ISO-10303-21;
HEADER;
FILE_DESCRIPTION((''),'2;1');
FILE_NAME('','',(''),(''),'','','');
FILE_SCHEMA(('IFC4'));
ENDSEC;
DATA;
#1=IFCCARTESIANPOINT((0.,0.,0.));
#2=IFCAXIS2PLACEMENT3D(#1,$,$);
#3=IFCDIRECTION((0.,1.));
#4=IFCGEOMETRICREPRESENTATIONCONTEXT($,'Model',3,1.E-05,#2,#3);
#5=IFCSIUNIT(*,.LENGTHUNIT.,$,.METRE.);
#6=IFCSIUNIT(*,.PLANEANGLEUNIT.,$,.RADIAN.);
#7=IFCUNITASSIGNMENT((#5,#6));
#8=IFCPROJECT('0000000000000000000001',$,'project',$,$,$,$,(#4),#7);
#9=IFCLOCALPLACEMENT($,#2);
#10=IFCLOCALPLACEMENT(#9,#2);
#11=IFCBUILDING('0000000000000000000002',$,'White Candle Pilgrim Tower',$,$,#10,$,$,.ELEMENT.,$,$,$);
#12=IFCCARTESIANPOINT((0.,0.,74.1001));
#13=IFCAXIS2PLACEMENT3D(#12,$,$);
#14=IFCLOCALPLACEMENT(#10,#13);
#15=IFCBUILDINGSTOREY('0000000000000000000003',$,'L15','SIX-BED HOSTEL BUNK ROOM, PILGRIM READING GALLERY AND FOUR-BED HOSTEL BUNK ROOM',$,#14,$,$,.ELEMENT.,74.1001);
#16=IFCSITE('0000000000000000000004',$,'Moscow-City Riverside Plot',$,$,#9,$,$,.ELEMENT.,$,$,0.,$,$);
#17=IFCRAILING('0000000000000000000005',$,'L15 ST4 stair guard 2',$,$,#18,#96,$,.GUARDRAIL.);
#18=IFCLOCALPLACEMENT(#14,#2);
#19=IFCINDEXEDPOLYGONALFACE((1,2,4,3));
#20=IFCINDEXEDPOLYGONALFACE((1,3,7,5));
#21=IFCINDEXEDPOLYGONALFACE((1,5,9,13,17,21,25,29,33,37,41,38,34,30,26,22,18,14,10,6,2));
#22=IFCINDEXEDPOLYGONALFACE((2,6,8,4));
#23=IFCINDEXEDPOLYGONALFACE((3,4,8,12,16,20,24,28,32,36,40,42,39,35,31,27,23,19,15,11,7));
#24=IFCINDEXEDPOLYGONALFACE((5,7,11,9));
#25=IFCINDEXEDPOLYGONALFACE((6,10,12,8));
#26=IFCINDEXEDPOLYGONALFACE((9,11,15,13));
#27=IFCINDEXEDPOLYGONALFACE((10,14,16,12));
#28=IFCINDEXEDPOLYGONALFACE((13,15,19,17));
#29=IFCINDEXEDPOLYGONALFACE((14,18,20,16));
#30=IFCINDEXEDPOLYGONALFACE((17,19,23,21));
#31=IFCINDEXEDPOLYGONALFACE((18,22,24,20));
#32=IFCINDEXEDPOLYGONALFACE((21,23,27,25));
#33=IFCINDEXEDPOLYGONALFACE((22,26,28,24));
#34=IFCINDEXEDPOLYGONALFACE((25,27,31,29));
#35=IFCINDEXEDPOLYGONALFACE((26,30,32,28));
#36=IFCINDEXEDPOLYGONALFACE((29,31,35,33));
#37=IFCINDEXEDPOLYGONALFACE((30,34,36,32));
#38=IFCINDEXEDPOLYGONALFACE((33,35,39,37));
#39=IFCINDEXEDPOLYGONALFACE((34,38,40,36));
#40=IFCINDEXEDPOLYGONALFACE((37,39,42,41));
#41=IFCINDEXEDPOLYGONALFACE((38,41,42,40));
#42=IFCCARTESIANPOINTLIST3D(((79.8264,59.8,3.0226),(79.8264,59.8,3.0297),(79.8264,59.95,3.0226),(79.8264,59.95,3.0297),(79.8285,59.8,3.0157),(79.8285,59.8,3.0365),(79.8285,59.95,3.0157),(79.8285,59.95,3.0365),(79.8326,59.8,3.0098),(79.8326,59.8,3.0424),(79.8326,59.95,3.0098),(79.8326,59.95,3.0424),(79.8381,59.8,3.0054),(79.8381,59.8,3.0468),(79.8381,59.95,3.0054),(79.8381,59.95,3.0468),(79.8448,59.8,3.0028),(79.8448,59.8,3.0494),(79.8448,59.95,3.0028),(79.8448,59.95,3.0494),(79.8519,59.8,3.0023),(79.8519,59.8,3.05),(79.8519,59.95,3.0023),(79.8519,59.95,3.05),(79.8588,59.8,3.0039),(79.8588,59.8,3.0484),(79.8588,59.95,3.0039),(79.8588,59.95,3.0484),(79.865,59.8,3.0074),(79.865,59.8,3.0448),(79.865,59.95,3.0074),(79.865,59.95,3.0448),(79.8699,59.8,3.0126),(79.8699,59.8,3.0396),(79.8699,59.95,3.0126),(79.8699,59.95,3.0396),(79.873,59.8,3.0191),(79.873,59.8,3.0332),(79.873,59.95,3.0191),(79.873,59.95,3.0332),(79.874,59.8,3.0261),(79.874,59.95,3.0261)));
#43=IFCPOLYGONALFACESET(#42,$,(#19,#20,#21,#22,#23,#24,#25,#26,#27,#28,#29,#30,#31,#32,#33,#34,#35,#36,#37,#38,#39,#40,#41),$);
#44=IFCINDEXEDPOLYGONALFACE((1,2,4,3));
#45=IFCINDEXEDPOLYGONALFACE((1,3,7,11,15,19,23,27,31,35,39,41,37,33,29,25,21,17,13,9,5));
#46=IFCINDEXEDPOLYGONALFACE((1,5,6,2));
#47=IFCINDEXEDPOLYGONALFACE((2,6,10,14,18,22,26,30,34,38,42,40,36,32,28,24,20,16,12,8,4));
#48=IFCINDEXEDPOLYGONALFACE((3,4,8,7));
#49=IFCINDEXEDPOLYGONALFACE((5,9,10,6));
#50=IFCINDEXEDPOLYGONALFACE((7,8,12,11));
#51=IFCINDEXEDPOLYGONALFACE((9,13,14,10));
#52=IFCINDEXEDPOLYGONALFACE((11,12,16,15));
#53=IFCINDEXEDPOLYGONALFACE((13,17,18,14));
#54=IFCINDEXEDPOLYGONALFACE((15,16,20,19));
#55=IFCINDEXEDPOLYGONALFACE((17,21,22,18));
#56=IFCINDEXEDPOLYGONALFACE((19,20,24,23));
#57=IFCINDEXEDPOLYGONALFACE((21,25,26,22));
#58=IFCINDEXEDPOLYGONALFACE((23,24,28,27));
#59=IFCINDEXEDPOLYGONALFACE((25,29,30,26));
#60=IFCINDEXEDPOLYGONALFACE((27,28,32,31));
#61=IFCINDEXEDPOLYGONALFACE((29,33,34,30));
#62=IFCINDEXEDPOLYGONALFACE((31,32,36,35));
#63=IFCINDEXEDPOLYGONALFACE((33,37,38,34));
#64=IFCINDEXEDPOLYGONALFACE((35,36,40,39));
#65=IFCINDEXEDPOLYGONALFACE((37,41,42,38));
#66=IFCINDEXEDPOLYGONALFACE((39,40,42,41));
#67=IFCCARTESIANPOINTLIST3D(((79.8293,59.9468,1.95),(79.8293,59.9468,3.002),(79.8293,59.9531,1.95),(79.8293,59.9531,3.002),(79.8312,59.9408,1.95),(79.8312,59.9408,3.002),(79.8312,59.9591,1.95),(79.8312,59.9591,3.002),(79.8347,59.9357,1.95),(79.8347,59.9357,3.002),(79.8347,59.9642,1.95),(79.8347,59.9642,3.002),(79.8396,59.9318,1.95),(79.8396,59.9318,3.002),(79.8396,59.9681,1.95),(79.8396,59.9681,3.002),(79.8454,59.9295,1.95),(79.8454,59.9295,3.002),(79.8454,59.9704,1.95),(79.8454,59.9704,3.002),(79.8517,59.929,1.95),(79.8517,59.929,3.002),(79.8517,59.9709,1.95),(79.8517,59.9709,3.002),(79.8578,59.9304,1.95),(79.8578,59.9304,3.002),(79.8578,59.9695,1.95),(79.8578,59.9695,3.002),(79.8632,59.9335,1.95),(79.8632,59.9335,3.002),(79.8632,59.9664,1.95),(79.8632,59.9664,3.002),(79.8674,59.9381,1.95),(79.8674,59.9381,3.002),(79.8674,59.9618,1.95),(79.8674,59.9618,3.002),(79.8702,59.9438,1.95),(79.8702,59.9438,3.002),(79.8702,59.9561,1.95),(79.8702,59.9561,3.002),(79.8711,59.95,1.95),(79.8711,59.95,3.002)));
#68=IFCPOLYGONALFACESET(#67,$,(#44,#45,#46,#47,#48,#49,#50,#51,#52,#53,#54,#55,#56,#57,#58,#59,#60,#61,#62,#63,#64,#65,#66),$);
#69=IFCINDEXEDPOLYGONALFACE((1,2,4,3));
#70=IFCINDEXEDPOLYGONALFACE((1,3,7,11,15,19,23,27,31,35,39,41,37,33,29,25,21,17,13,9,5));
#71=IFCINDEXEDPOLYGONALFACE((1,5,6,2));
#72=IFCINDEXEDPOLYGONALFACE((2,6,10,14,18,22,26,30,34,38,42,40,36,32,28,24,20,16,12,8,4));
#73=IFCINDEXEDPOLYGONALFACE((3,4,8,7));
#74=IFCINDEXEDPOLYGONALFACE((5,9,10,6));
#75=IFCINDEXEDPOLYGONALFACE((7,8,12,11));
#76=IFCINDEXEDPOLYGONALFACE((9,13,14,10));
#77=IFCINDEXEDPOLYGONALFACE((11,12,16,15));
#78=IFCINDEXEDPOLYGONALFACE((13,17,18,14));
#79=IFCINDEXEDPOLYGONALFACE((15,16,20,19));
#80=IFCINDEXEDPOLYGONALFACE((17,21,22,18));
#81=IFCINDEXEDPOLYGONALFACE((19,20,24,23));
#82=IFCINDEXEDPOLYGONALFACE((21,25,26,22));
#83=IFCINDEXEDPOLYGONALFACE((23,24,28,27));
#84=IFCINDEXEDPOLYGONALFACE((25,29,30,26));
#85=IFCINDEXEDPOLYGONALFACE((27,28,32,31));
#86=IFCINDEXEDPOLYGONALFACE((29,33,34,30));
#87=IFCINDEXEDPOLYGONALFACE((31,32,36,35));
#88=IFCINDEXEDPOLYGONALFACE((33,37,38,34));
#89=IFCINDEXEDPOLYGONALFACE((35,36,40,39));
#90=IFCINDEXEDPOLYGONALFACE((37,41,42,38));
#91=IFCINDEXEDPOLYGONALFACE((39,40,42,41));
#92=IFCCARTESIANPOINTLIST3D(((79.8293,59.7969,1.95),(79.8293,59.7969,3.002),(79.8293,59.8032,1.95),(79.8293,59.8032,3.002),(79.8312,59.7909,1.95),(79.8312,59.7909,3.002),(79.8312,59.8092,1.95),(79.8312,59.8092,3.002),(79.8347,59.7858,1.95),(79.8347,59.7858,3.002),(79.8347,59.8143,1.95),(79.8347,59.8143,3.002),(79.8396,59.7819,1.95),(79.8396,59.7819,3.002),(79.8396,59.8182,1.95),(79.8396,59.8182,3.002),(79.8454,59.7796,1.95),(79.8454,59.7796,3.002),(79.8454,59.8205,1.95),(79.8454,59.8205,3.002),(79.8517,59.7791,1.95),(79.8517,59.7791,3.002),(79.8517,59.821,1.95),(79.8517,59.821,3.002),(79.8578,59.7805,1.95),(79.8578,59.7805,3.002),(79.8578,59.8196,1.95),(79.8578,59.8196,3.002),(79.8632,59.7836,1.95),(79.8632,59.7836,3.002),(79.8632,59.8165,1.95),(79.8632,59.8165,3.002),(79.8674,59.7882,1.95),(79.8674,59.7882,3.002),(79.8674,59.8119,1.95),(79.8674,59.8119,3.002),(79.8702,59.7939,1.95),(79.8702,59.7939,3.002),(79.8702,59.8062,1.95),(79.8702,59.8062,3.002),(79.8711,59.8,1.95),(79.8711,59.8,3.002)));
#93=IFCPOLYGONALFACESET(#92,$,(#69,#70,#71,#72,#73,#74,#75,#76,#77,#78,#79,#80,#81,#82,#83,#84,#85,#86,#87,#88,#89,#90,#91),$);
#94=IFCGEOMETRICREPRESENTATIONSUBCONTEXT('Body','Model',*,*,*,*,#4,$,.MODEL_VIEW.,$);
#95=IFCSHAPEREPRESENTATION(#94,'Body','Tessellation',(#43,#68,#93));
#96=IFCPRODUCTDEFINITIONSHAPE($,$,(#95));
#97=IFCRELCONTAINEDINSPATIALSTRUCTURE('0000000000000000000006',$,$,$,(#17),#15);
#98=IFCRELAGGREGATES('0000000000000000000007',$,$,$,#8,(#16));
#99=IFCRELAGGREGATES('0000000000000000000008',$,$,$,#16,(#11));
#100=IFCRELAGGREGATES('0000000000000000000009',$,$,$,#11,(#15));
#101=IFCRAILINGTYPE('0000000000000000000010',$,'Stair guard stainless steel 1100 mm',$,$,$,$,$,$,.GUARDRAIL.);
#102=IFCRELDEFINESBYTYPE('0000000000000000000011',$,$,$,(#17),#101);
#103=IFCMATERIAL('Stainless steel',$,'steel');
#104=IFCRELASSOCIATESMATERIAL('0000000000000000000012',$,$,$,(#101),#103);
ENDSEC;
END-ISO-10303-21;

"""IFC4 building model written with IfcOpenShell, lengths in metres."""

from ifc_helpers import new_model, si_unit, direction, frame, origin, origin_2d, place, context, subcontext, project, spatial, circle, extrude, material, type_object, element, save


model = new_model("IFC4")

# Units and contexts
model_context = context("Model", 3, precision=1e-05, world=origin(), true_north=direction((0.0, 1.0)))
body_context = subcontext(model_context, "Body", "Model", "MODEL_VIEW")
ifc_project = project(units=[si_unit("LENGTHUNIT", "METRE"), si_unit("PLANEANGLEUNIT", "RADIAN")], contexts=[model_context])

# Site, building, storey
site_placement = place(None, origin())
site = spatial("IfcSite", under=ifc_project, at=site_placement, Name="Moscow-City Riverside Plot", CompositionType="ELEMENT", RefElevation=0.0)
building_placement = place(site_placement, origin())
building = spatial("IfcBuilding", under=site, at=building_placement, Name="White Candle Pilgrim Tower", CompositionType="ELEMENT")
storey_placement = place(building_placement, frame((0.0, 0.0, 74.1001)))
storey = spatial("IfcBuildingStorey", under=building, at=storey_placement, Name="L15", Description="SIX-BED HOSTEL BUNK ROOM, PILGRIM READING GALLERY AND FOUR-BED HOSTEL BUNK ROOM", CompositionType="ELEMENT", Elevation=74.1001)

# Railing
ifc_material_1 = material(Name="Stainless steel", Category="steel")
railing_type_1 = type_object("IfcRailingType", Name="Stair guard stainless steel 1100 mm", PredefinedType="GUARDRAIL", material=ifc_material_1)
railing_1_placement = place(storey_placement, frame((79.8501, 59.95, 1.95)))
element("IfcRailing", 1, at=railing_1_placement, inside=storey, type_object=railing_type_1, Name="L15 ST4 stair guard 2", PredefinedType="GUARDRAIL", context=body_context, shape_type="SweptSolid", body=[
    extrude(circle(Radius=0.0239, at=origin_2d()), frame((0.0, 0.0, 1.0762), z_axis=(0.0, -1.0, 0.0), x_axis=(1.0, 0.0, 0.0)), (0.0, 0.0, 1.0), 0.1499),
    extrude(circle(Radius=0.021, at=origin_2d()), origin(), (0.0, 0.0, 1.0), 1.052),
    extrude(circle(Radius=0.021, at=origin_2d()), frame((0.0, -0.1499, 0.0)), (0.0, 0.0, 1.0), 1.052),
])

save(model, "model.ifc")
